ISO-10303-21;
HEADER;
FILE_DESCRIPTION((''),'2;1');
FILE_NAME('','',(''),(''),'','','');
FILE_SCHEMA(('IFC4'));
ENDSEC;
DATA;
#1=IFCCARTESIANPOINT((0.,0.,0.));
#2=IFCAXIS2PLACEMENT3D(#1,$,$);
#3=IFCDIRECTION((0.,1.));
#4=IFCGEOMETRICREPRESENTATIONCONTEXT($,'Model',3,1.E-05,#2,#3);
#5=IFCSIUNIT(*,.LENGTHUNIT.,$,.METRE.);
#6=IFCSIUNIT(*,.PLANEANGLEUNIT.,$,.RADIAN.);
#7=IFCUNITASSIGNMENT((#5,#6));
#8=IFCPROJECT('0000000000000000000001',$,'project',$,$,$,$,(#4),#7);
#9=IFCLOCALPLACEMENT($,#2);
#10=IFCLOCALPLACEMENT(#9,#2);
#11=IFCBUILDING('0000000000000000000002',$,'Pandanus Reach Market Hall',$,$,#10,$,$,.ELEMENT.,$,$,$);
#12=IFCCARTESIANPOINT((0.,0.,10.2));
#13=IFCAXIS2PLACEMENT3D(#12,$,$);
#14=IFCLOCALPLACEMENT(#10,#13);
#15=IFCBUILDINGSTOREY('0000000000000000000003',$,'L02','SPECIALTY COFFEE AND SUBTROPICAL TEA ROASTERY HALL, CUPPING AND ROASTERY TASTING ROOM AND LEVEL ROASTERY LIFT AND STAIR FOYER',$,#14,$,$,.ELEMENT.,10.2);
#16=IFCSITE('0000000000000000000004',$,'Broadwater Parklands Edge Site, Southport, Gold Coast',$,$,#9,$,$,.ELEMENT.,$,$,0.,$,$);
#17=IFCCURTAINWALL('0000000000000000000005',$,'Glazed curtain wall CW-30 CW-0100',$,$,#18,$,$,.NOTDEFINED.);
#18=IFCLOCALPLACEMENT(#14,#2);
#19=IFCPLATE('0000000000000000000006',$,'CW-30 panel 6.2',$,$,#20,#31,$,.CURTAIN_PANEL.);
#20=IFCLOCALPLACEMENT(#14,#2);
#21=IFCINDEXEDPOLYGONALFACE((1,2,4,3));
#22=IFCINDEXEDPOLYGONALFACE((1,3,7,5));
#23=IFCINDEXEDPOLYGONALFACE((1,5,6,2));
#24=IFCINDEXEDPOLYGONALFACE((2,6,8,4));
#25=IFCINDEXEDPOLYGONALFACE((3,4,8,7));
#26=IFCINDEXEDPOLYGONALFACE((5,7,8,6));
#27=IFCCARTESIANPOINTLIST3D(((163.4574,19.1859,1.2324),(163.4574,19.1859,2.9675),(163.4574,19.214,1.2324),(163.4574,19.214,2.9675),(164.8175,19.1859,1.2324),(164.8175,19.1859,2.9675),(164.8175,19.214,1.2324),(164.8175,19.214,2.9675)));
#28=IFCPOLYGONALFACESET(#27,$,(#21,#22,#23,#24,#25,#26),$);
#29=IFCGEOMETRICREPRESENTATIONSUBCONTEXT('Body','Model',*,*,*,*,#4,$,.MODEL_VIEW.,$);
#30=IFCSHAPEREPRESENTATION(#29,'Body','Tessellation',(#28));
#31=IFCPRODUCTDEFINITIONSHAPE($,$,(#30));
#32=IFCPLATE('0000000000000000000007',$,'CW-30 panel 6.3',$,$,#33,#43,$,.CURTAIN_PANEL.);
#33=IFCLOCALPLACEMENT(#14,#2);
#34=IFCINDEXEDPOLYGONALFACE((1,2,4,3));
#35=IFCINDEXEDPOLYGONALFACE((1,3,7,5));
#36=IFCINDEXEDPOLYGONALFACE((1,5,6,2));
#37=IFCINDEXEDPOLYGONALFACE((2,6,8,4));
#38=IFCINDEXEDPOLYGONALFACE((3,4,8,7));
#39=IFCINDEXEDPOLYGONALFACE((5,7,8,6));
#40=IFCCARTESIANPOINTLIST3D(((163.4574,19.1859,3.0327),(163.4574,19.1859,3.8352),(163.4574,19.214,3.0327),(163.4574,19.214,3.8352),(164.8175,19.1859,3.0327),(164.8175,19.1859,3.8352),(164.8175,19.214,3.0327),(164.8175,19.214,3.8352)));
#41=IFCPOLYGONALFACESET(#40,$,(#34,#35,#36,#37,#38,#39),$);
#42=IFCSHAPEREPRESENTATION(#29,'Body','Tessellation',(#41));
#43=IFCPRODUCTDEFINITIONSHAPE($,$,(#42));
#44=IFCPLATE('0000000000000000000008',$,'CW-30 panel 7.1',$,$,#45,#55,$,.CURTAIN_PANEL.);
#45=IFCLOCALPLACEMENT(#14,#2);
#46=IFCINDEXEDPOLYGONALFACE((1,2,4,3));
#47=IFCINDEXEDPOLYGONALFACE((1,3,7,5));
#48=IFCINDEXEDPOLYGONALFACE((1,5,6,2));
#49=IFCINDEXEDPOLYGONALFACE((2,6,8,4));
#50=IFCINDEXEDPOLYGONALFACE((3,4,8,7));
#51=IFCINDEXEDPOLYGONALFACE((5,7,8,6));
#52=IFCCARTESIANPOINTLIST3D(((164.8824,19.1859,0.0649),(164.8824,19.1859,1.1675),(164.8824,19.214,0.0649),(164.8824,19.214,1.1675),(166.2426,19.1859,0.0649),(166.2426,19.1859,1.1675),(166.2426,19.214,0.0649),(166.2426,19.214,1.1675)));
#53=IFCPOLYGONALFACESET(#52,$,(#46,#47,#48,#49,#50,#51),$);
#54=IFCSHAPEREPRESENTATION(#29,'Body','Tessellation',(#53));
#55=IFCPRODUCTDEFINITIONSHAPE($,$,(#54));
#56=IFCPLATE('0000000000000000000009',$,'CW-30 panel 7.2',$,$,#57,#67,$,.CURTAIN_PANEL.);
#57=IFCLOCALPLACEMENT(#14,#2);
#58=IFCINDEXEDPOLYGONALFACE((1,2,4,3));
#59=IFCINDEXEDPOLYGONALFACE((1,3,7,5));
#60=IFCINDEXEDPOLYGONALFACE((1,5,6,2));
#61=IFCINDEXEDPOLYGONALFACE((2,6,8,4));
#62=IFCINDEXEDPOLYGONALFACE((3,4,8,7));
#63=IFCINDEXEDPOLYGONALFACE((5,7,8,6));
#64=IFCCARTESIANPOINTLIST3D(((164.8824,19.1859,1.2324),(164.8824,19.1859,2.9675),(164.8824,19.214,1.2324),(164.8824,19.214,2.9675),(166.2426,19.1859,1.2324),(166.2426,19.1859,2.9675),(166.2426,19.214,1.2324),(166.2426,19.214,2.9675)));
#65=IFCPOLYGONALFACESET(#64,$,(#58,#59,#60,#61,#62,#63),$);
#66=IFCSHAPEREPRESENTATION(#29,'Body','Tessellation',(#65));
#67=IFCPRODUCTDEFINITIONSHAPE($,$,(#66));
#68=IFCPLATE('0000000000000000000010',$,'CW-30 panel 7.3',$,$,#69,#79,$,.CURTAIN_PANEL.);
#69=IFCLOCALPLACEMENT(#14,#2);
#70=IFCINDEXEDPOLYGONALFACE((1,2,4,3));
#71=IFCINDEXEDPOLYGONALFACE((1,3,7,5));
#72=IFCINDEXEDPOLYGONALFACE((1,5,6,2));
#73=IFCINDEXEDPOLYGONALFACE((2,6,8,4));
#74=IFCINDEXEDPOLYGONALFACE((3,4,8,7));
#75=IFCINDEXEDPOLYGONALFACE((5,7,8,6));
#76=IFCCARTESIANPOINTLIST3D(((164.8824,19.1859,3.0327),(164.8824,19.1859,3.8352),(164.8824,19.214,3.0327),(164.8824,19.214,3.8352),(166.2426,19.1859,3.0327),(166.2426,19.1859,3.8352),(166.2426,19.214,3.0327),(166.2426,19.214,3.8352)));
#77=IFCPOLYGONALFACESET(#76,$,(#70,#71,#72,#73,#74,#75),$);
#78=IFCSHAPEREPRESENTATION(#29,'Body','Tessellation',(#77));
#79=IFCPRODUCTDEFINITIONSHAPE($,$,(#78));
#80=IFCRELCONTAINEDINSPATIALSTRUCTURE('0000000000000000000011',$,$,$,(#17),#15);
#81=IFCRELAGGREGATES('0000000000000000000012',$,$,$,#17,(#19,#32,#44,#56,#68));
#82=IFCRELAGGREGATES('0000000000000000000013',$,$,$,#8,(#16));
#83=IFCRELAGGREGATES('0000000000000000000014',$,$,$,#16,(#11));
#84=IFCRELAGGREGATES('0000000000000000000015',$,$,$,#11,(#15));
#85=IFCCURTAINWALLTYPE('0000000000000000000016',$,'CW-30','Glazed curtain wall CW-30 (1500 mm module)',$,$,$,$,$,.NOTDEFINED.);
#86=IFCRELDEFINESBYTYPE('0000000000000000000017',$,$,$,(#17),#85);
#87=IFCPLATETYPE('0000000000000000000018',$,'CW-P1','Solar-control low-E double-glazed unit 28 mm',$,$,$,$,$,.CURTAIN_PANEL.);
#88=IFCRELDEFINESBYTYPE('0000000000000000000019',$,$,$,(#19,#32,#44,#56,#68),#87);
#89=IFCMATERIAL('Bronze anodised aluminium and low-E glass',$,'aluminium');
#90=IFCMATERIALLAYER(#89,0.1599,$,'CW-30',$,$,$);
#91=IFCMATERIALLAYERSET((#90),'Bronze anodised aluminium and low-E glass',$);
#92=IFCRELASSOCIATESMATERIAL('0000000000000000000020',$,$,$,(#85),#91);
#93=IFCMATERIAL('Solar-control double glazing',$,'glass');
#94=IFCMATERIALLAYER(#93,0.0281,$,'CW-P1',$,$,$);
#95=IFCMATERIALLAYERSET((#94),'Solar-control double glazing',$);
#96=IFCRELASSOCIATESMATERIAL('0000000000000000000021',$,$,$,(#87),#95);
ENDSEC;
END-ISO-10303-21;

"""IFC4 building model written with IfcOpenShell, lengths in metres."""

from ifc_helpers import new_model, si_unit, direction, frame, origin, origin_2d, place, context, subcontext, project, spatial, rectangle, extrude, material, layer, layer_set, type_object, element, aggregate, save


model = new_model("IFC4")

# Units and contexts
model_context = context("Model", 3, precision=1e-05, world=origin(), true_north=direction((0.0, 1.0)))
body_context = subcontext(model_context, "Body", "Model", "MODEL_VIEW")
ifc_project = project(units=[si_unit("LENGTHUNIT", "METRE"), si_unit("PLANEANGLEUNIT", "RADIAN")], contexts=[model_context])

# Site, building, storey
site_placement = place(None, origin())
site = spatial("IfcSite", under=ifc_project, at=site_placement, Name="Broadwater Parklands Edge Site, Southport, Gold Coast", CompositionType="ELEMENT", RefElevation=0.0)
building_placement = place(site_placement, origin())
building = spatial("IfcBuilding", under=site, at=building_placement, Name="Pandanus Reach Market Hall", CompositionType="ELEMENT")
storey_placement = place(building_placement, frame((0.0, 0.0, 10.2)))
storey = spatial("IfcBuildingStorey", under=building, at=storey_placement, Name="L02", Description="SPECIALTY COFFEE AND SUBTROPICAL TEA ROASTERY HALL, CUPPING AND ROASTERY TASTING ROOM AND LEVEL ROASTERY LIFT AND STAIR FOYER", CompositionType="ELEMENT", Elevation=10.2)

# Curtain wall, plates
ifc_material_1 = material(Name="Bronze anodised aluminium and low-E glass", Category="aluminium")
ifc_layer_1 = layer(ifc_material_1, 0.1599, Name="CW-30")
ifc_layer_set_1 = layer_set([ifc_layer_1], Name="Bronze anodised aluminium and low-E glass")
curtain_wall_type = type_object("IfcCurtainWallType", Name="CW-30", Description="Glazed curtain wall CW-30 (1500 mm module)", PredefinedType="NOTDEFINED", material=ifc_layer_set_1)
curtain_wall_placement = place(storey_placement, origin())
curtain_wall = element("IfcCurtainWall", 1, at=curtain_wall_placement, inside=storey, type_object=curtain_wall_type, Name="Glazed curtain wall CW-30 CW-0100", PredefinedType="NOTDEFINED")
ifc_material_2 = material(Name="Solar-control double glazing", Category="glass")
ifc_layer_2 = layer(ifc_material_2, 0.0281, Name="CW-P1")
ifc_layer_set_2 = layer_set([ifc_layer_2], Name="Solar-control double glazing")
plate_type = type_object("IfcPlateType", Name="CW-P1", Description="Solar-control low-E double-glazed unit 28 mm", PredefinedType="CURTAIN_PANEL", material=ifc_layer_set_2)
plate_1_placement = place(storey_placement, frame((164.1375, 19.2, 1.2324), z_axis=(0.0, 0.0, 1.0), x_axis=(1.0, 0.0, 0.0)))
plate_1 = element("IfcPlate", 2, at=plate_1_placement, type_object=plate_type, Name="CW-30 panel 6.2", PredefinedType="CURTAIN_PANEL", context=body_context, shape_type="SweptSolid", body=[
    extrude(rectangle(XDim=1.3601, YDim=0.0281, at=origin_2d()), origin(), (0.0, 0.0, 1.0), 1.7351),
])
plate_2_placement = place(storey_placement, frame((164.1375, 19.2, 3.0327), z_axis=(0.0, 0.0, 1.0), x_axis=(1.0, 0.0, 0.0)))
plate_2 = element("IfcPlate", 3, at=plate_2_placement, type_object=plate_type, Name="CW-30 panel 6.3", PredefinedType="CURTAIN_PANEL", context=body_context, shape_type="SweptSolid", body=[
    extrude(rectangle(XDim=1.3601, YDim=0.0281, at=origin_2d()), origin(), (0.0, 0.0, 1.0), 0.8025),
])
plate_3_placement = place(storey_placement, frame((165.5625, 19.2, 0.0649), z_axis=(0.0, 0.0, 1.0), x_axis=(1.0, 0.0, 0.0)))
plate_3 = element("IfcPlate", 4, at=plate_3_placement, type_object=plate_type, Name="CW-30 panel 7.1", PredefinedType="CURTAIN_PANEL", context=body_context, shape_type="SweptSolid", body=[
    extrude(rectangle(XDim=1.3601, YDim=0.0281, at=origin_2d()), origin(), (0.0, 0.0, 1.0), 1.1025),
])
plate_4_placement = place(storey_placement, frame((165.5625, 19.2, 1.2324), z_axis=(0.0, 0.0, 1.0), x_axis=(1.0, 0.0, 0.0)))
plate_4 = element("IfcPlate", 5, at=plate_4_placement, type_object=plate_type, Name="CW-30 panel 7.2", PredefinedType="CURTAIN_PANEL", context=body_context, shape_type="SweptSolid", body=[
    extrude(rectangle(XDim=1.3601, YDim=0.0281, at=origin_2d()), origin(), (0.0, 0.0, 1.0), 1.7351),
])
plate_5_placement = place(storey_placement, frame((165.5625, 19.2, 3.0327), z_axis=(0.0, 0.0, 1.0), x_axis=(1.0, 0.0, 0.0)))
plate_5 = element("IfcPlate", 6, at=plate_5_placement, type_object=plate_type, Name="CW-30 panel 7.3", PredefinedType="CURTAIN_PANEL", context=body_context, shape_type="SweptSolid", body=[
    extrude(rectangle(XDim=1.3601, YDim=0.0281, at=origin_2d()), origin(), (0.0, 0.0, 1.0), 0.8025),
])
aggregate(curtain_wall, [plate_1, plate_2, plate_3, plate_4, plate_5])

save(model, "model.ifc")
